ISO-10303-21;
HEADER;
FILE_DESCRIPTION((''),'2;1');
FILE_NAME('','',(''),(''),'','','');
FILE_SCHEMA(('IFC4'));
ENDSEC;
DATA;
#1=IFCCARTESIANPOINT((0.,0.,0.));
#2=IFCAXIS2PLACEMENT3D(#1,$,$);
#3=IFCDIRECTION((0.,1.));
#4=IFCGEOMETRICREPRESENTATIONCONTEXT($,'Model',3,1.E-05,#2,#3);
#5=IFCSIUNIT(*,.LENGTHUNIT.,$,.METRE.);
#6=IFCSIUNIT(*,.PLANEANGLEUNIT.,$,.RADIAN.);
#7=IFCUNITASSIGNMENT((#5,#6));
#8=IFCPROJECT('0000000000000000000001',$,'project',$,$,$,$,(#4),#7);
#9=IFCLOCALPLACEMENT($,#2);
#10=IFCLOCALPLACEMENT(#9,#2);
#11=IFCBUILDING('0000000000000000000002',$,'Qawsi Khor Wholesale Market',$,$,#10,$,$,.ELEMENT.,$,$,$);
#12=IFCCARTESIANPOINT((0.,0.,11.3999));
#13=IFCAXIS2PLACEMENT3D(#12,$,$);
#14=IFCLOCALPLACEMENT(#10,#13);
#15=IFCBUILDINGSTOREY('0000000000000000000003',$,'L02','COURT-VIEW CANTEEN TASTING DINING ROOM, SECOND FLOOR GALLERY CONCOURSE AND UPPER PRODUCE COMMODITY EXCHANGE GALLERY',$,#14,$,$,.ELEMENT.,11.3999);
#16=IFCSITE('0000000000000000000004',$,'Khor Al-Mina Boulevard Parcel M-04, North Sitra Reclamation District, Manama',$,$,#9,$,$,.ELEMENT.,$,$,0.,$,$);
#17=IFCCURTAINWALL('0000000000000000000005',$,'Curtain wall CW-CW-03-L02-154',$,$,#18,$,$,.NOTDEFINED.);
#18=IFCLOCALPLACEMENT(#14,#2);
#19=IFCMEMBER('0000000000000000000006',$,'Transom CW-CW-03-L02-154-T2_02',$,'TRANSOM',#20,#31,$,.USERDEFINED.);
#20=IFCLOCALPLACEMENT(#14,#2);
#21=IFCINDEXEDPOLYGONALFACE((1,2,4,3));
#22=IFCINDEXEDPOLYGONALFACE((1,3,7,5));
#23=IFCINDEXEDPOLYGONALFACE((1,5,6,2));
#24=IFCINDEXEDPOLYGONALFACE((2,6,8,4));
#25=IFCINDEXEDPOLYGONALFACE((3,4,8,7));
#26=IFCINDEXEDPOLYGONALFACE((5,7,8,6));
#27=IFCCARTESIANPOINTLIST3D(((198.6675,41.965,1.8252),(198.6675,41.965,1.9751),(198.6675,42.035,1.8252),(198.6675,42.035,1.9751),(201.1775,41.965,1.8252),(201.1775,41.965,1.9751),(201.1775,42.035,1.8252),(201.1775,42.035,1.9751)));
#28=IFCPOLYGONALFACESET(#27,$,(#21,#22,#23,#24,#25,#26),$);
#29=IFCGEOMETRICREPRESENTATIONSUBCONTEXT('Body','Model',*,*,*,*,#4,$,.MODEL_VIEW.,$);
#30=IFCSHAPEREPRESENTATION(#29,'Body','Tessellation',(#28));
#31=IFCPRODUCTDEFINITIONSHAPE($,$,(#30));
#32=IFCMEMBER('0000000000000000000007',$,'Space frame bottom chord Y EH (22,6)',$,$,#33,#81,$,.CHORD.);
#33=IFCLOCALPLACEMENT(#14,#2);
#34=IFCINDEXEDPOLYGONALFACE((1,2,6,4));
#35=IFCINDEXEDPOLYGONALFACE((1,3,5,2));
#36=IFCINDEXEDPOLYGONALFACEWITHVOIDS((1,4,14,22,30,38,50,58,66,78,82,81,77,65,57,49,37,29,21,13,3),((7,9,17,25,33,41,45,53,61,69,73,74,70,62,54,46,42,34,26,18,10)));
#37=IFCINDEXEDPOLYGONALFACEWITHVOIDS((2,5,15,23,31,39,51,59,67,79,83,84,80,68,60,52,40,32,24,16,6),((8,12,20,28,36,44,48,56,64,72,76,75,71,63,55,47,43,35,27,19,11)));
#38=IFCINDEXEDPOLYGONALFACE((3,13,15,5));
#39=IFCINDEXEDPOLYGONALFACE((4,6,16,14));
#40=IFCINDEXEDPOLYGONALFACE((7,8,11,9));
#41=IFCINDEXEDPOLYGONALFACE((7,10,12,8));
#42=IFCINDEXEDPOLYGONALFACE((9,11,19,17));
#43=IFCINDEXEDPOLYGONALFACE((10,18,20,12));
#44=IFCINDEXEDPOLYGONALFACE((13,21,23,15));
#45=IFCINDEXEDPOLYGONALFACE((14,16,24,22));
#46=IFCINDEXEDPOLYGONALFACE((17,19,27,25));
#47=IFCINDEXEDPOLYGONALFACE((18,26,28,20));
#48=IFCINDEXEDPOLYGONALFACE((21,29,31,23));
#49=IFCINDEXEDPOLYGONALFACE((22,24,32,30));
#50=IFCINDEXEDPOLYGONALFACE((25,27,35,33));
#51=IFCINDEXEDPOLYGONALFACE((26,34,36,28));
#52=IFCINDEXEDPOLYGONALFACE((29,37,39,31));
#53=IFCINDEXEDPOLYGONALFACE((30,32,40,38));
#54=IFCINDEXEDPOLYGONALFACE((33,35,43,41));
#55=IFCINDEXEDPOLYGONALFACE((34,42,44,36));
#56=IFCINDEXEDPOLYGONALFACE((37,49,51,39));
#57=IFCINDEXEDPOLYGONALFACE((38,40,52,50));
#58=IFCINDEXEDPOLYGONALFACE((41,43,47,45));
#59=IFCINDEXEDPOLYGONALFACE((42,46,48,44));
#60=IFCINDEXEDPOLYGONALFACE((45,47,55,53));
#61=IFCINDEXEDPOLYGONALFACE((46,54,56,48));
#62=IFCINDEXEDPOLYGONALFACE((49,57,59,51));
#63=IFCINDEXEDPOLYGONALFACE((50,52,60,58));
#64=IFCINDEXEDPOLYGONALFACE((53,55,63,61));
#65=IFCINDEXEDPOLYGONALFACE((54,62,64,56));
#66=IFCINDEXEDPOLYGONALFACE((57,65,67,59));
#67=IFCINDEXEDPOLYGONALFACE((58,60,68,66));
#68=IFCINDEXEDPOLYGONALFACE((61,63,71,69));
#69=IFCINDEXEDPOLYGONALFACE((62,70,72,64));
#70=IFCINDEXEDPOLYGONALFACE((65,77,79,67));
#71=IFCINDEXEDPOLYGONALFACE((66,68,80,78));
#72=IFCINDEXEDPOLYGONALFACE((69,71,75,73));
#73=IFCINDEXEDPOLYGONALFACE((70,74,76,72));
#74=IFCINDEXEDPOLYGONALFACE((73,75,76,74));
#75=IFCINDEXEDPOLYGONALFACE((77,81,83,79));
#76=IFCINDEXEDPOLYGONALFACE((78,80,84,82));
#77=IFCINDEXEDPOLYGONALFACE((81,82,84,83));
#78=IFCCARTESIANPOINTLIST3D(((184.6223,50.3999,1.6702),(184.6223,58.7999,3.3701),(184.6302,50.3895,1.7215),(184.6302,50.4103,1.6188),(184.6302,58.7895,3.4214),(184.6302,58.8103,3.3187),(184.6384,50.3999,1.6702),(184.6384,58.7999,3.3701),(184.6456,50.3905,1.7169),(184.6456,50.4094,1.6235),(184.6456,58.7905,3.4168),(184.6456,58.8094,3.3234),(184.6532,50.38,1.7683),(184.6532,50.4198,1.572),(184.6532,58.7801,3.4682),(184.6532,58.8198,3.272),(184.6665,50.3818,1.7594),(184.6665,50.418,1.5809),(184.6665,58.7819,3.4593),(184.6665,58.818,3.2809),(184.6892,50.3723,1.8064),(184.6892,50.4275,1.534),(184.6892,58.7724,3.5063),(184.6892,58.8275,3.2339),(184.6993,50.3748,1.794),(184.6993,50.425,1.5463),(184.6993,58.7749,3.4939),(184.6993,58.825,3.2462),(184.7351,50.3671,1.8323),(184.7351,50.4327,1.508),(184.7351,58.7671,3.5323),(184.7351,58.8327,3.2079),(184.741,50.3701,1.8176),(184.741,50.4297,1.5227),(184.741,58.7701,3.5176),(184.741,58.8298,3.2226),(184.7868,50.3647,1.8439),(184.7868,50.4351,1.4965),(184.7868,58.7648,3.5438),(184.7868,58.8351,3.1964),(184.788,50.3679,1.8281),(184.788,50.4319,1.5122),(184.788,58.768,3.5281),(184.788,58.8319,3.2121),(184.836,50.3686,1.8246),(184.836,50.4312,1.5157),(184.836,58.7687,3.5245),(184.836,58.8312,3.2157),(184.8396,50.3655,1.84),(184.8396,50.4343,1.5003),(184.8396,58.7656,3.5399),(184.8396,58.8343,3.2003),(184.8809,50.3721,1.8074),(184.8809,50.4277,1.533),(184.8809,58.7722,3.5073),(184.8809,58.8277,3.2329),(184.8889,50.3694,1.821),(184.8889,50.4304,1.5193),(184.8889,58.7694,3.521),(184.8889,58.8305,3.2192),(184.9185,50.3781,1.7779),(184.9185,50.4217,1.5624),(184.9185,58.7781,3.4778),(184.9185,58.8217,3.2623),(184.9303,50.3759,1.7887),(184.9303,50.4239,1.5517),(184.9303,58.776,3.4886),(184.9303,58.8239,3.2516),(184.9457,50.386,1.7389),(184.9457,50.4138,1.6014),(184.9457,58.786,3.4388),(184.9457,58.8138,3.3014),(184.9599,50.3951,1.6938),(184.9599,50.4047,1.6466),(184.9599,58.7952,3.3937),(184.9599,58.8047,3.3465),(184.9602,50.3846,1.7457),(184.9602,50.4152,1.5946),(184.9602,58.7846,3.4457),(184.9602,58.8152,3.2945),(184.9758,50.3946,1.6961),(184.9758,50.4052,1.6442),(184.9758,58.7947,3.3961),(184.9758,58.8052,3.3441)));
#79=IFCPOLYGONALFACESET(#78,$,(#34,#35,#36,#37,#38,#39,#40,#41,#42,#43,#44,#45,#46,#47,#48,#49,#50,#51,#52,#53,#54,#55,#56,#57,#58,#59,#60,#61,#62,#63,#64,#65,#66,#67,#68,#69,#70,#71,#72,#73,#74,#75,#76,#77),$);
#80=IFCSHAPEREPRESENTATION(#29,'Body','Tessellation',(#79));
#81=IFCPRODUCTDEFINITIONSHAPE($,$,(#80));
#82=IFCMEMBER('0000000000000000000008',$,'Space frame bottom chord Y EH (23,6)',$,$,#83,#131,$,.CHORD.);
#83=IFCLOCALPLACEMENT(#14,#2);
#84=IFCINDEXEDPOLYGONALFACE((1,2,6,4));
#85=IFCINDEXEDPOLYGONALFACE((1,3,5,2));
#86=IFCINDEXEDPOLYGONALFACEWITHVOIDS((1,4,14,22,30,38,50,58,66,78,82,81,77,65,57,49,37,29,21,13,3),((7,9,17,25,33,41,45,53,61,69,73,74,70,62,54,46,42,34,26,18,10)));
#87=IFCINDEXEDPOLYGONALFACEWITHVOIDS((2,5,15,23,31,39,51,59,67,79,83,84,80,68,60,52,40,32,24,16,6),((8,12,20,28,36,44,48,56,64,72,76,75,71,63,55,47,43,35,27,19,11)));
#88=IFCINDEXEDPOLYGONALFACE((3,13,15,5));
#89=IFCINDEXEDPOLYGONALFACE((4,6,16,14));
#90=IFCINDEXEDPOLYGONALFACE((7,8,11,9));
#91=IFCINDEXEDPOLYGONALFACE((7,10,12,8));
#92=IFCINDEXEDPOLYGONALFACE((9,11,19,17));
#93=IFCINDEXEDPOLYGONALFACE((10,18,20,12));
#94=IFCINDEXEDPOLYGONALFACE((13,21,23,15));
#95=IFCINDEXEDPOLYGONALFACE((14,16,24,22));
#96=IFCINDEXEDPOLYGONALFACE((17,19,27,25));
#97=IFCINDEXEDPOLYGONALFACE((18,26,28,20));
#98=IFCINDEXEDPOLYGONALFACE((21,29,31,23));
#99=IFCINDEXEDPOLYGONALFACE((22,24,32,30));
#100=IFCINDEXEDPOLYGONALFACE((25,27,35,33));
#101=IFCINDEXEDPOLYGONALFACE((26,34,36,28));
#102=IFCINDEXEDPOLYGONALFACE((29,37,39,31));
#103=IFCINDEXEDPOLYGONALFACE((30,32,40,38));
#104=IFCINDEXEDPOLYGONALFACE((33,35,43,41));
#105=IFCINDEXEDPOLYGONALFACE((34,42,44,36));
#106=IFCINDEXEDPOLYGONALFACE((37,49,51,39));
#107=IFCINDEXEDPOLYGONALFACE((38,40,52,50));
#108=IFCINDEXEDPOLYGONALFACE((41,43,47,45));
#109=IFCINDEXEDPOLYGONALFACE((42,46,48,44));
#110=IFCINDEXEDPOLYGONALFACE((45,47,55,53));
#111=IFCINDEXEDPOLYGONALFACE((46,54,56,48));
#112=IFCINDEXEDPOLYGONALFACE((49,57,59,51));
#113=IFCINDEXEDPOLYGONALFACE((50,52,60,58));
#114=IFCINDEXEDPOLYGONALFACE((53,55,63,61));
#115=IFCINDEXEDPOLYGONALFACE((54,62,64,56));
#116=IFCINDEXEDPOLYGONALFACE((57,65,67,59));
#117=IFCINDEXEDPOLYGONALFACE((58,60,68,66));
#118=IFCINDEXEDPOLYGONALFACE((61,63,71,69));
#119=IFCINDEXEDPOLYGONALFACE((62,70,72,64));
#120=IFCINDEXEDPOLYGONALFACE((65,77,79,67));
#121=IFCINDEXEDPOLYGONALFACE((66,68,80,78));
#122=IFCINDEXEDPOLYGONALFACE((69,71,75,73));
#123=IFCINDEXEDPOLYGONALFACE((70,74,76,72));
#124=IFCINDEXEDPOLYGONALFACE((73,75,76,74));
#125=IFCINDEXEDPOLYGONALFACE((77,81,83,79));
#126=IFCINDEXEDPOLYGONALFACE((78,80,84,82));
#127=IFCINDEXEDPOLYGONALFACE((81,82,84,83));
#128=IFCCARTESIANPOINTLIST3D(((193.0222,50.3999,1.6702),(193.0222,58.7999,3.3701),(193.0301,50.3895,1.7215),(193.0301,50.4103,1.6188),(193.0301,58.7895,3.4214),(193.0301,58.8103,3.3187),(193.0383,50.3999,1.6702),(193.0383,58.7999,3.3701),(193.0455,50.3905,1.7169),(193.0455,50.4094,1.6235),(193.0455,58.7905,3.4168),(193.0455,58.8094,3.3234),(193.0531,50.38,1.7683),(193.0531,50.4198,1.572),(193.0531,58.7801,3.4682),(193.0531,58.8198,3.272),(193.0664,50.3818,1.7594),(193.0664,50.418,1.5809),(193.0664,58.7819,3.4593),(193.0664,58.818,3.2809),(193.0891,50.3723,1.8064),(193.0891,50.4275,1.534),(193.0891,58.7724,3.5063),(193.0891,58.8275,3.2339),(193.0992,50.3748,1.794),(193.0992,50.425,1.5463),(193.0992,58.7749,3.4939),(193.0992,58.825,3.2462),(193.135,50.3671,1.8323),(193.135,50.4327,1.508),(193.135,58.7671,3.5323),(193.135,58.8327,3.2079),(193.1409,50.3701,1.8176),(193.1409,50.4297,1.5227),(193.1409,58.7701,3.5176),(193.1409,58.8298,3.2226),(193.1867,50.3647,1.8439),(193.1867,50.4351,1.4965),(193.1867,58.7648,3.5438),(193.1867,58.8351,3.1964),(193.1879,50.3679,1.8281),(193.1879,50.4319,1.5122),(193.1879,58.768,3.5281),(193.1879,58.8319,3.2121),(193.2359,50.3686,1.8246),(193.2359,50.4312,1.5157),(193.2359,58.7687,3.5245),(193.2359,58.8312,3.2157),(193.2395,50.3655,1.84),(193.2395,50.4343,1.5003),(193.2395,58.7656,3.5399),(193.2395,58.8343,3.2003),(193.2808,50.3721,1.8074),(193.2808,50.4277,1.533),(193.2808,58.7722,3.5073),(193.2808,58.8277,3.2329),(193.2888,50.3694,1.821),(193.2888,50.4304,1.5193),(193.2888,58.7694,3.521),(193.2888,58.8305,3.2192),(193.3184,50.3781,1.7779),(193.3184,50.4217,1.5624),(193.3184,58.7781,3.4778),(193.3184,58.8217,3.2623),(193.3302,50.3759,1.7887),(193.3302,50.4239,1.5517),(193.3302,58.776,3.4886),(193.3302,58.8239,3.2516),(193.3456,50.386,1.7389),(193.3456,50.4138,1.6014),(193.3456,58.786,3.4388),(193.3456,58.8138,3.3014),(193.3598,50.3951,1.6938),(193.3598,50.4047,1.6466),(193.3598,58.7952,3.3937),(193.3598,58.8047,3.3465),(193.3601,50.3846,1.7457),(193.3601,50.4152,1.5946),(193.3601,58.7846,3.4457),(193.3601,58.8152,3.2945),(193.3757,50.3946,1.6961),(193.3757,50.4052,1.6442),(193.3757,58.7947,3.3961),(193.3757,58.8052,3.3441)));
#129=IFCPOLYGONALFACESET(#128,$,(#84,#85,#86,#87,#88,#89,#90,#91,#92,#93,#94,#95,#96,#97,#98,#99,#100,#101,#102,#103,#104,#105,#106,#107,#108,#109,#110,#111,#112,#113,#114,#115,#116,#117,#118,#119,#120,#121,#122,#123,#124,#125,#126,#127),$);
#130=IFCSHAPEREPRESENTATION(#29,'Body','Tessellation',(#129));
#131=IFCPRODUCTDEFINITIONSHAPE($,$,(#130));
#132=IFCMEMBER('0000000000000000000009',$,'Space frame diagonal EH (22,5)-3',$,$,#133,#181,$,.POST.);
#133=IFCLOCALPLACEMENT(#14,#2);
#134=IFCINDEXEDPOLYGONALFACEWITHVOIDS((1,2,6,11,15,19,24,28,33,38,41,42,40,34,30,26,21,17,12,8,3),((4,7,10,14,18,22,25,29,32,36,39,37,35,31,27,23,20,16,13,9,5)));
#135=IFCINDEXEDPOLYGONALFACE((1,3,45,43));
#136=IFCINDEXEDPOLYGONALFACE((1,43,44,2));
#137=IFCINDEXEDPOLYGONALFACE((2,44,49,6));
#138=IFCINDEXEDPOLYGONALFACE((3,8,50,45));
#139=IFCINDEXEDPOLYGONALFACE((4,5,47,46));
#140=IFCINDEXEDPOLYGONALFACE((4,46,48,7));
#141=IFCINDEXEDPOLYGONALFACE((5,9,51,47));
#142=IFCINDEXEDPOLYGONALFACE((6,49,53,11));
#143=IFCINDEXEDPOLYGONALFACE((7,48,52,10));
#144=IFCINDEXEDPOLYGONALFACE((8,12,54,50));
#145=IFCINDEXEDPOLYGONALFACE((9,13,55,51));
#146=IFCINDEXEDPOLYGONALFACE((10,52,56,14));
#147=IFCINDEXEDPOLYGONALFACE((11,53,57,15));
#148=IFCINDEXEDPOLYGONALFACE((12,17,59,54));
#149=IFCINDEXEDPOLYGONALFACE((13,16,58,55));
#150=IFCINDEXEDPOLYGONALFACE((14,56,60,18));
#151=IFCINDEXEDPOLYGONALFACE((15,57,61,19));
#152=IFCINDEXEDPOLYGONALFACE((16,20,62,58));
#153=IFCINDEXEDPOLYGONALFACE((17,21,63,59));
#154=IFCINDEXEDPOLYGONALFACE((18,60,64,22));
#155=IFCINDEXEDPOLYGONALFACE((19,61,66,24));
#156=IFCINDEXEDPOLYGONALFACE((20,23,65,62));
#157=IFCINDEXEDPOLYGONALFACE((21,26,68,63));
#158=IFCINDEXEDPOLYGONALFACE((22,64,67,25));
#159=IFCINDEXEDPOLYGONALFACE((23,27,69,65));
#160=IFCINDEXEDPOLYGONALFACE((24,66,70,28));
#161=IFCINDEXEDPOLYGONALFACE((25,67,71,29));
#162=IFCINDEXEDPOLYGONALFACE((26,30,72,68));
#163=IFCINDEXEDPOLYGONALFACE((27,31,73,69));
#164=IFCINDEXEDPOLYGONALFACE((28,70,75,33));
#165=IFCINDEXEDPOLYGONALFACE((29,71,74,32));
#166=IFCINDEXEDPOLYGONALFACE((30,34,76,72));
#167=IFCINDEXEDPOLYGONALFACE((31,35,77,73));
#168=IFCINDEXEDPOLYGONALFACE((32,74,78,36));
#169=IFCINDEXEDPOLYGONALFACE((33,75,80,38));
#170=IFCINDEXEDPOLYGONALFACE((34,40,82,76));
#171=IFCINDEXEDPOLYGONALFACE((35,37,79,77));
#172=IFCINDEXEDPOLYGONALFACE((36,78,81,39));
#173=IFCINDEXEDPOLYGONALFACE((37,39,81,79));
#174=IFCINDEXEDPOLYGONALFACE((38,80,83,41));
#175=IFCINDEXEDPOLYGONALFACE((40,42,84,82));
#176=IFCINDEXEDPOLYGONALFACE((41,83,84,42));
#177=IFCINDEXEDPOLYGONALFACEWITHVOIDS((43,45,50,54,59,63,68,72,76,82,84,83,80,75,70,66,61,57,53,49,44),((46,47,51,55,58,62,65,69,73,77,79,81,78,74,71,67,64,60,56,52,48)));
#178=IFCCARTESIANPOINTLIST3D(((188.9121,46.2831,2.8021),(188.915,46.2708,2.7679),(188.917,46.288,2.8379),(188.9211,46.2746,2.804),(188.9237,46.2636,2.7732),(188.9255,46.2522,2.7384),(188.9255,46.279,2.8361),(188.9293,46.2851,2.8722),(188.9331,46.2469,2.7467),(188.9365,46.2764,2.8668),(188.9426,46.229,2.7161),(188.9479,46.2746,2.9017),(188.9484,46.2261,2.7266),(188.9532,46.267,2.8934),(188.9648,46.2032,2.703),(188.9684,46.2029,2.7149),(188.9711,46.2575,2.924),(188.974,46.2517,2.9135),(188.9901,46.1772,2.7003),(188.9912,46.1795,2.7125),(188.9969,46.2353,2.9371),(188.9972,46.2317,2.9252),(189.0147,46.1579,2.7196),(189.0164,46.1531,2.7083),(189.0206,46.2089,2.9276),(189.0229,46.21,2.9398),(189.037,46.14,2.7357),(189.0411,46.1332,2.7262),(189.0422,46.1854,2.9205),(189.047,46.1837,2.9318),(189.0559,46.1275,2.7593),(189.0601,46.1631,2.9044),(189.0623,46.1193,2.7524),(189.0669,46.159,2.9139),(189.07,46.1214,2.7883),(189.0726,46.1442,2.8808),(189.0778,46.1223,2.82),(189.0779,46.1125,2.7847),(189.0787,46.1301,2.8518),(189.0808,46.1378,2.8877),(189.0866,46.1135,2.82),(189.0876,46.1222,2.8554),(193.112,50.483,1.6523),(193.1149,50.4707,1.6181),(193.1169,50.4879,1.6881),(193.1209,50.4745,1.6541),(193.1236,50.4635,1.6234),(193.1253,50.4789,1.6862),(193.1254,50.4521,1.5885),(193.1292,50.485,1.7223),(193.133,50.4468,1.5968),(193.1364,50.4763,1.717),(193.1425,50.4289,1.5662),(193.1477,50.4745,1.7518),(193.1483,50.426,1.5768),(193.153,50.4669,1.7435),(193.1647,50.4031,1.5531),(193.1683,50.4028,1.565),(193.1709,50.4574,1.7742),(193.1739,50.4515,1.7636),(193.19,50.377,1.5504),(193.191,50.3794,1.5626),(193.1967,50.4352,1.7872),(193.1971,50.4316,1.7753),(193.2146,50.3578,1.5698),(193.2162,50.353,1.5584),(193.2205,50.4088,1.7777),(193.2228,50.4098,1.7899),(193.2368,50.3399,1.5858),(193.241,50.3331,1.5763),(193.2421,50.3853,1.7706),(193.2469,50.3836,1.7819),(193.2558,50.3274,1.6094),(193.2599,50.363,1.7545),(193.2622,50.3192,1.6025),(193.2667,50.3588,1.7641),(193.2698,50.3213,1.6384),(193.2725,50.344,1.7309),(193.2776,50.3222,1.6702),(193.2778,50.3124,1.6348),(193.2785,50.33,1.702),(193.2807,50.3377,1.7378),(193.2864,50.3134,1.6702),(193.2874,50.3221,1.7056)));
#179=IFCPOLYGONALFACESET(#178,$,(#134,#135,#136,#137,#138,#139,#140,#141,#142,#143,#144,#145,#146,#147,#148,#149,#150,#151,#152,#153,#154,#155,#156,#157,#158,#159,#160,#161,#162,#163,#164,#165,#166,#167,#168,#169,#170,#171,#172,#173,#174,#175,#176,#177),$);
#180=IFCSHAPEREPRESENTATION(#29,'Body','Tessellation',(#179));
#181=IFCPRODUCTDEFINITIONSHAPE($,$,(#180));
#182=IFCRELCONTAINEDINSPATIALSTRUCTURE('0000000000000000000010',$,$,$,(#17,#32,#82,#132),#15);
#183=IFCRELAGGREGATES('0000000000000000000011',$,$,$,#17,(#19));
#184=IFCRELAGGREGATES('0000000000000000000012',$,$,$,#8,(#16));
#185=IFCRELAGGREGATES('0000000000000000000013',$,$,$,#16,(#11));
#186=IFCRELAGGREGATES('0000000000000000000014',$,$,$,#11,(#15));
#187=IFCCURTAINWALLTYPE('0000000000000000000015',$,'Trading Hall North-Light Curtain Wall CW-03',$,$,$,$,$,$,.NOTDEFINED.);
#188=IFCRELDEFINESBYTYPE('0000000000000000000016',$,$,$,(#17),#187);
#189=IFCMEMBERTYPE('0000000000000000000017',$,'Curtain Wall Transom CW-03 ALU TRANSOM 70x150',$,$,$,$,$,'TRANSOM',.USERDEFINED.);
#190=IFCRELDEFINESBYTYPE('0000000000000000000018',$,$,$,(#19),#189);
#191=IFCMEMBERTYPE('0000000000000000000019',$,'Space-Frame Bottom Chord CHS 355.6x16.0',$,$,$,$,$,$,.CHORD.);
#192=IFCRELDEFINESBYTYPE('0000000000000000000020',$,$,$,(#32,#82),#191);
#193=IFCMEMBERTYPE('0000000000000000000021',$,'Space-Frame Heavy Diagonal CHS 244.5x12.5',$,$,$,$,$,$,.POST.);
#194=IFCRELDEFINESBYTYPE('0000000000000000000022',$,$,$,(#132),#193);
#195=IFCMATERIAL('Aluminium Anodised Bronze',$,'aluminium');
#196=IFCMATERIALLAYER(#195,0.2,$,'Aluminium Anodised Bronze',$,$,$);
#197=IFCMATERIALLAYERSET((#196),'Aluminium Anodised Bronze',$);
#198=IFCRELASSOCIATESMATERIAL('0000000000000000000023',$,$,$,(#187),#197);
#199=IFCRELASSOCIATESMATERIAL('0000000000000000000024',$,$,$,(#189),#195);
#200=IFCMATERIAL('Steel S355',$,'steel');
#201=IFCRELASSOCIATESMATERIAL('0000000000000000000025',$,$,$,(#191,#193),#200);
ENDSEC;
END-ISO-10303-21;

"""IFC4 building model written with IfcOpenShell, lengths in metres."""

from ifc_helpers import new_model, si_unit, direction, frame, origin, origin_2d, place, context, subcontext, project, spatial, rectangle, hollow_circle, extrude, material, layer, layer_set, material_profile, profile_set, type_object, element, aggregate, save


model = new_model("IFC4")

# Units and contexts
model_context = context("Model", 3, precision=1e-05, world=origin(), true_north=direction((0.0, 1.0)))
body_context = subcontext(model_context, "Body", "Model", "MODEL_VIEW")
ifc_project = project(units=[si_unit("LENGTHUNIT", "METRE"), si_unit("PLANEANGLEUNIT", "RADIAN")], contexts=[model_context])

# Site, building, storey
site_placement = place(None, origin())
site = spatial("IfcSite", under=ifc_project, at=site_placement, Name="Khor Al-Mina Boulevard Parcel M-04, North Sitra Reclamation District, Manama", CompositionType="ELEMENT", RefElevation=0.0)
building_placement = place(site_placement, origin())
building = spatial("IfcBuilding", under=site, at=building_placement, Name="Qawsi Khor Wholesale Market", CompositionType="ELEMENT")
storey_placement = place(building_placement, frame((0.0, 0.0, 11.3999)))
storey = spatial("IfcBuildingStorey", under=building, at=storey_placement, Name="L02", Description="COURT-VIEW CANTEEN TASTING DINING ROOM, SECOND FLOOR GALLERY CONCOURSE AND UPPER PRODUCE COMMODITY EXCHANGE GALLERY", CompositionType="ELEMENT", Elevation=11.3999)

# Curtain wall, member
ifc_material_1 = material(Name="Aluminium Anodised Bronze", Category="aluminium")
ifc_layer_1 = layer(ifc_material_1, 0.2, Name="Aluminium Anodised Bronze")
ifc_layer_set_1 = layer_set([ifc_layer_1], Name="Aluminium Anodised Bronze")
curtain_wall_type = type_object("IfcCurtainWallType", Name="Trading Hall North-Light Curtain Wall CW-03", PredefinedType="NOTDEFINED", material=ifc_layer_set_1)
curtain_wall_placement = place(storey_placement, origin())
curtain_wall = element("IfcCurtainWall", 1, at=curtain_wall_placement, inside=storey, type_object=curtain_wall_type, Name="Curtain wall CW-CW-03-L02-154", PredefinedType="NOTDEFINED")
ifc_material_profile_1 = material_profile(ifc_material_1, rectangle(XDim=0.0701, YDim=0.1499, at=origin_2d()), Name="ALU TRANSOM 70x150")
ifc_profile_set_1 = profile_set([ifc_material_profile_1], Name="Aluminium Anodised Bronze")
member_type_1 = type_object("IfcMemberType", Name="Curtain Wall Transom CW-03 ALU TRANSOM 70x150", ElementType="TRANSOM", PredefinedType="USERDEFINED", material=ifc_profile_set_1)
member_1_placement = place(storey_placement, frame((198.6675, 42.0, 1.9001), z_axis=(1.0, 0.0, 0.0), x_axis=(0.0, 1.0, 0.0)))
member_1 = element("IfcMember", 2, at=member_1_placement, type_object=member_type_1, Name="Transom CW-CW-03-L02-154-T2_02", ObjectType="TRANSOM", PredefinedType="USERDEFINED", context=body_context, shape_type="SweptSolid", body=[
    extrude(rectangle(XDim=0.0701, YDim=0.1499, at=origin_2d()), origin(), (0.0, 0.0, 1.0), 2.51),
])
aggregate(curtain_wall, [member_1])

# Members
ifc_material_2 = material(Name="Steel S355", Category="steel")
ifc_material_profile_2 = material_profile(ifc_material_2, hollow_circle(Radius=0.1777, WallThickness=0.0161, at=origin_2d()), Name="CHS 355.6x16.0")
ifc_profile_set_2 = profile_set([ifc_material_profile_2], Name="Steel S355")
member_type_2 = type_object("IfcMemberType", Name="Space-Frame Bottom Chord CHS 355.6x16.0", PredefinedType="CHORD", material=ifc_profile_set_2)
for number, where, z_axis, x_axis, name in (
    (3, (184.8, 50.3999, 1.6702), (0.0, 0.980131, 0.198351), (-1.0, 0.0, 0.0), "Space frame bottom chord Y EH (22,6)"),
    (4, (193.2, 50.3999, 1.6702), (0.0, 0.980131, 0.198351), (-1.0, 0.0, 0.0), "Space frame bottom chord Y EH (23,6)"),
):
    element("IfcMember", number, at=place(storey_placement, frame(where, z_axis=z_axis, x_axis=x_axis)), inside=storey, type_object=member_type_2, Name=name, PredefinedType="CHORD", context=body_context, shape_type="SweptSolid", body=[
        extrude(hollow_circle(Radius=0.1777, WallThickness=0.0161, at=origin_2d()), origin(), (0.0, 0.0, 1.0), 8.5703),
    ])
ifc_material_profile_3 = material_profile(ifc_material_2, hollow_circle(Radius=0.1223, WallThickness=0.0125, at=origin_2d()), Name="CHS 244.5x12.5")
ifc_profile_set_3 = profile_set([ifc_material_profile_3], Name="Steel S355")
member_type_3 = type_object("IfcMemberType", Name="Space-Frame Heavy Diagonal CHS 244.5x12.5", PredefinedType="POST", material=ifc_profile_set_3)
for number, where, z_axis, x_axis, name in (
    (5, (193.2, 50.3999, 1.6702), (-0.694217, -0.694217, 0.190069), (0.707107, -0.707107, 0.0), "Space frame diagonal EH (22,5)-3"),
):
    element("IfcMember", number, at=place(storey_placement, frame(where, z_axis=z_axis, x_axis=x_axis)), inside=storey, type_object=member_type_3, Name=name, PredefinedType="POST", context=body_context, shape_type="SweptSolid", body=[
        extrude(hollow_circle(Radius=0.1223, WallThickness=0.0125, at=origin_2d()), origin(), (0.0, 0.0, 1.0), 6.0498),
    ])

save(model, "model.ifc")
